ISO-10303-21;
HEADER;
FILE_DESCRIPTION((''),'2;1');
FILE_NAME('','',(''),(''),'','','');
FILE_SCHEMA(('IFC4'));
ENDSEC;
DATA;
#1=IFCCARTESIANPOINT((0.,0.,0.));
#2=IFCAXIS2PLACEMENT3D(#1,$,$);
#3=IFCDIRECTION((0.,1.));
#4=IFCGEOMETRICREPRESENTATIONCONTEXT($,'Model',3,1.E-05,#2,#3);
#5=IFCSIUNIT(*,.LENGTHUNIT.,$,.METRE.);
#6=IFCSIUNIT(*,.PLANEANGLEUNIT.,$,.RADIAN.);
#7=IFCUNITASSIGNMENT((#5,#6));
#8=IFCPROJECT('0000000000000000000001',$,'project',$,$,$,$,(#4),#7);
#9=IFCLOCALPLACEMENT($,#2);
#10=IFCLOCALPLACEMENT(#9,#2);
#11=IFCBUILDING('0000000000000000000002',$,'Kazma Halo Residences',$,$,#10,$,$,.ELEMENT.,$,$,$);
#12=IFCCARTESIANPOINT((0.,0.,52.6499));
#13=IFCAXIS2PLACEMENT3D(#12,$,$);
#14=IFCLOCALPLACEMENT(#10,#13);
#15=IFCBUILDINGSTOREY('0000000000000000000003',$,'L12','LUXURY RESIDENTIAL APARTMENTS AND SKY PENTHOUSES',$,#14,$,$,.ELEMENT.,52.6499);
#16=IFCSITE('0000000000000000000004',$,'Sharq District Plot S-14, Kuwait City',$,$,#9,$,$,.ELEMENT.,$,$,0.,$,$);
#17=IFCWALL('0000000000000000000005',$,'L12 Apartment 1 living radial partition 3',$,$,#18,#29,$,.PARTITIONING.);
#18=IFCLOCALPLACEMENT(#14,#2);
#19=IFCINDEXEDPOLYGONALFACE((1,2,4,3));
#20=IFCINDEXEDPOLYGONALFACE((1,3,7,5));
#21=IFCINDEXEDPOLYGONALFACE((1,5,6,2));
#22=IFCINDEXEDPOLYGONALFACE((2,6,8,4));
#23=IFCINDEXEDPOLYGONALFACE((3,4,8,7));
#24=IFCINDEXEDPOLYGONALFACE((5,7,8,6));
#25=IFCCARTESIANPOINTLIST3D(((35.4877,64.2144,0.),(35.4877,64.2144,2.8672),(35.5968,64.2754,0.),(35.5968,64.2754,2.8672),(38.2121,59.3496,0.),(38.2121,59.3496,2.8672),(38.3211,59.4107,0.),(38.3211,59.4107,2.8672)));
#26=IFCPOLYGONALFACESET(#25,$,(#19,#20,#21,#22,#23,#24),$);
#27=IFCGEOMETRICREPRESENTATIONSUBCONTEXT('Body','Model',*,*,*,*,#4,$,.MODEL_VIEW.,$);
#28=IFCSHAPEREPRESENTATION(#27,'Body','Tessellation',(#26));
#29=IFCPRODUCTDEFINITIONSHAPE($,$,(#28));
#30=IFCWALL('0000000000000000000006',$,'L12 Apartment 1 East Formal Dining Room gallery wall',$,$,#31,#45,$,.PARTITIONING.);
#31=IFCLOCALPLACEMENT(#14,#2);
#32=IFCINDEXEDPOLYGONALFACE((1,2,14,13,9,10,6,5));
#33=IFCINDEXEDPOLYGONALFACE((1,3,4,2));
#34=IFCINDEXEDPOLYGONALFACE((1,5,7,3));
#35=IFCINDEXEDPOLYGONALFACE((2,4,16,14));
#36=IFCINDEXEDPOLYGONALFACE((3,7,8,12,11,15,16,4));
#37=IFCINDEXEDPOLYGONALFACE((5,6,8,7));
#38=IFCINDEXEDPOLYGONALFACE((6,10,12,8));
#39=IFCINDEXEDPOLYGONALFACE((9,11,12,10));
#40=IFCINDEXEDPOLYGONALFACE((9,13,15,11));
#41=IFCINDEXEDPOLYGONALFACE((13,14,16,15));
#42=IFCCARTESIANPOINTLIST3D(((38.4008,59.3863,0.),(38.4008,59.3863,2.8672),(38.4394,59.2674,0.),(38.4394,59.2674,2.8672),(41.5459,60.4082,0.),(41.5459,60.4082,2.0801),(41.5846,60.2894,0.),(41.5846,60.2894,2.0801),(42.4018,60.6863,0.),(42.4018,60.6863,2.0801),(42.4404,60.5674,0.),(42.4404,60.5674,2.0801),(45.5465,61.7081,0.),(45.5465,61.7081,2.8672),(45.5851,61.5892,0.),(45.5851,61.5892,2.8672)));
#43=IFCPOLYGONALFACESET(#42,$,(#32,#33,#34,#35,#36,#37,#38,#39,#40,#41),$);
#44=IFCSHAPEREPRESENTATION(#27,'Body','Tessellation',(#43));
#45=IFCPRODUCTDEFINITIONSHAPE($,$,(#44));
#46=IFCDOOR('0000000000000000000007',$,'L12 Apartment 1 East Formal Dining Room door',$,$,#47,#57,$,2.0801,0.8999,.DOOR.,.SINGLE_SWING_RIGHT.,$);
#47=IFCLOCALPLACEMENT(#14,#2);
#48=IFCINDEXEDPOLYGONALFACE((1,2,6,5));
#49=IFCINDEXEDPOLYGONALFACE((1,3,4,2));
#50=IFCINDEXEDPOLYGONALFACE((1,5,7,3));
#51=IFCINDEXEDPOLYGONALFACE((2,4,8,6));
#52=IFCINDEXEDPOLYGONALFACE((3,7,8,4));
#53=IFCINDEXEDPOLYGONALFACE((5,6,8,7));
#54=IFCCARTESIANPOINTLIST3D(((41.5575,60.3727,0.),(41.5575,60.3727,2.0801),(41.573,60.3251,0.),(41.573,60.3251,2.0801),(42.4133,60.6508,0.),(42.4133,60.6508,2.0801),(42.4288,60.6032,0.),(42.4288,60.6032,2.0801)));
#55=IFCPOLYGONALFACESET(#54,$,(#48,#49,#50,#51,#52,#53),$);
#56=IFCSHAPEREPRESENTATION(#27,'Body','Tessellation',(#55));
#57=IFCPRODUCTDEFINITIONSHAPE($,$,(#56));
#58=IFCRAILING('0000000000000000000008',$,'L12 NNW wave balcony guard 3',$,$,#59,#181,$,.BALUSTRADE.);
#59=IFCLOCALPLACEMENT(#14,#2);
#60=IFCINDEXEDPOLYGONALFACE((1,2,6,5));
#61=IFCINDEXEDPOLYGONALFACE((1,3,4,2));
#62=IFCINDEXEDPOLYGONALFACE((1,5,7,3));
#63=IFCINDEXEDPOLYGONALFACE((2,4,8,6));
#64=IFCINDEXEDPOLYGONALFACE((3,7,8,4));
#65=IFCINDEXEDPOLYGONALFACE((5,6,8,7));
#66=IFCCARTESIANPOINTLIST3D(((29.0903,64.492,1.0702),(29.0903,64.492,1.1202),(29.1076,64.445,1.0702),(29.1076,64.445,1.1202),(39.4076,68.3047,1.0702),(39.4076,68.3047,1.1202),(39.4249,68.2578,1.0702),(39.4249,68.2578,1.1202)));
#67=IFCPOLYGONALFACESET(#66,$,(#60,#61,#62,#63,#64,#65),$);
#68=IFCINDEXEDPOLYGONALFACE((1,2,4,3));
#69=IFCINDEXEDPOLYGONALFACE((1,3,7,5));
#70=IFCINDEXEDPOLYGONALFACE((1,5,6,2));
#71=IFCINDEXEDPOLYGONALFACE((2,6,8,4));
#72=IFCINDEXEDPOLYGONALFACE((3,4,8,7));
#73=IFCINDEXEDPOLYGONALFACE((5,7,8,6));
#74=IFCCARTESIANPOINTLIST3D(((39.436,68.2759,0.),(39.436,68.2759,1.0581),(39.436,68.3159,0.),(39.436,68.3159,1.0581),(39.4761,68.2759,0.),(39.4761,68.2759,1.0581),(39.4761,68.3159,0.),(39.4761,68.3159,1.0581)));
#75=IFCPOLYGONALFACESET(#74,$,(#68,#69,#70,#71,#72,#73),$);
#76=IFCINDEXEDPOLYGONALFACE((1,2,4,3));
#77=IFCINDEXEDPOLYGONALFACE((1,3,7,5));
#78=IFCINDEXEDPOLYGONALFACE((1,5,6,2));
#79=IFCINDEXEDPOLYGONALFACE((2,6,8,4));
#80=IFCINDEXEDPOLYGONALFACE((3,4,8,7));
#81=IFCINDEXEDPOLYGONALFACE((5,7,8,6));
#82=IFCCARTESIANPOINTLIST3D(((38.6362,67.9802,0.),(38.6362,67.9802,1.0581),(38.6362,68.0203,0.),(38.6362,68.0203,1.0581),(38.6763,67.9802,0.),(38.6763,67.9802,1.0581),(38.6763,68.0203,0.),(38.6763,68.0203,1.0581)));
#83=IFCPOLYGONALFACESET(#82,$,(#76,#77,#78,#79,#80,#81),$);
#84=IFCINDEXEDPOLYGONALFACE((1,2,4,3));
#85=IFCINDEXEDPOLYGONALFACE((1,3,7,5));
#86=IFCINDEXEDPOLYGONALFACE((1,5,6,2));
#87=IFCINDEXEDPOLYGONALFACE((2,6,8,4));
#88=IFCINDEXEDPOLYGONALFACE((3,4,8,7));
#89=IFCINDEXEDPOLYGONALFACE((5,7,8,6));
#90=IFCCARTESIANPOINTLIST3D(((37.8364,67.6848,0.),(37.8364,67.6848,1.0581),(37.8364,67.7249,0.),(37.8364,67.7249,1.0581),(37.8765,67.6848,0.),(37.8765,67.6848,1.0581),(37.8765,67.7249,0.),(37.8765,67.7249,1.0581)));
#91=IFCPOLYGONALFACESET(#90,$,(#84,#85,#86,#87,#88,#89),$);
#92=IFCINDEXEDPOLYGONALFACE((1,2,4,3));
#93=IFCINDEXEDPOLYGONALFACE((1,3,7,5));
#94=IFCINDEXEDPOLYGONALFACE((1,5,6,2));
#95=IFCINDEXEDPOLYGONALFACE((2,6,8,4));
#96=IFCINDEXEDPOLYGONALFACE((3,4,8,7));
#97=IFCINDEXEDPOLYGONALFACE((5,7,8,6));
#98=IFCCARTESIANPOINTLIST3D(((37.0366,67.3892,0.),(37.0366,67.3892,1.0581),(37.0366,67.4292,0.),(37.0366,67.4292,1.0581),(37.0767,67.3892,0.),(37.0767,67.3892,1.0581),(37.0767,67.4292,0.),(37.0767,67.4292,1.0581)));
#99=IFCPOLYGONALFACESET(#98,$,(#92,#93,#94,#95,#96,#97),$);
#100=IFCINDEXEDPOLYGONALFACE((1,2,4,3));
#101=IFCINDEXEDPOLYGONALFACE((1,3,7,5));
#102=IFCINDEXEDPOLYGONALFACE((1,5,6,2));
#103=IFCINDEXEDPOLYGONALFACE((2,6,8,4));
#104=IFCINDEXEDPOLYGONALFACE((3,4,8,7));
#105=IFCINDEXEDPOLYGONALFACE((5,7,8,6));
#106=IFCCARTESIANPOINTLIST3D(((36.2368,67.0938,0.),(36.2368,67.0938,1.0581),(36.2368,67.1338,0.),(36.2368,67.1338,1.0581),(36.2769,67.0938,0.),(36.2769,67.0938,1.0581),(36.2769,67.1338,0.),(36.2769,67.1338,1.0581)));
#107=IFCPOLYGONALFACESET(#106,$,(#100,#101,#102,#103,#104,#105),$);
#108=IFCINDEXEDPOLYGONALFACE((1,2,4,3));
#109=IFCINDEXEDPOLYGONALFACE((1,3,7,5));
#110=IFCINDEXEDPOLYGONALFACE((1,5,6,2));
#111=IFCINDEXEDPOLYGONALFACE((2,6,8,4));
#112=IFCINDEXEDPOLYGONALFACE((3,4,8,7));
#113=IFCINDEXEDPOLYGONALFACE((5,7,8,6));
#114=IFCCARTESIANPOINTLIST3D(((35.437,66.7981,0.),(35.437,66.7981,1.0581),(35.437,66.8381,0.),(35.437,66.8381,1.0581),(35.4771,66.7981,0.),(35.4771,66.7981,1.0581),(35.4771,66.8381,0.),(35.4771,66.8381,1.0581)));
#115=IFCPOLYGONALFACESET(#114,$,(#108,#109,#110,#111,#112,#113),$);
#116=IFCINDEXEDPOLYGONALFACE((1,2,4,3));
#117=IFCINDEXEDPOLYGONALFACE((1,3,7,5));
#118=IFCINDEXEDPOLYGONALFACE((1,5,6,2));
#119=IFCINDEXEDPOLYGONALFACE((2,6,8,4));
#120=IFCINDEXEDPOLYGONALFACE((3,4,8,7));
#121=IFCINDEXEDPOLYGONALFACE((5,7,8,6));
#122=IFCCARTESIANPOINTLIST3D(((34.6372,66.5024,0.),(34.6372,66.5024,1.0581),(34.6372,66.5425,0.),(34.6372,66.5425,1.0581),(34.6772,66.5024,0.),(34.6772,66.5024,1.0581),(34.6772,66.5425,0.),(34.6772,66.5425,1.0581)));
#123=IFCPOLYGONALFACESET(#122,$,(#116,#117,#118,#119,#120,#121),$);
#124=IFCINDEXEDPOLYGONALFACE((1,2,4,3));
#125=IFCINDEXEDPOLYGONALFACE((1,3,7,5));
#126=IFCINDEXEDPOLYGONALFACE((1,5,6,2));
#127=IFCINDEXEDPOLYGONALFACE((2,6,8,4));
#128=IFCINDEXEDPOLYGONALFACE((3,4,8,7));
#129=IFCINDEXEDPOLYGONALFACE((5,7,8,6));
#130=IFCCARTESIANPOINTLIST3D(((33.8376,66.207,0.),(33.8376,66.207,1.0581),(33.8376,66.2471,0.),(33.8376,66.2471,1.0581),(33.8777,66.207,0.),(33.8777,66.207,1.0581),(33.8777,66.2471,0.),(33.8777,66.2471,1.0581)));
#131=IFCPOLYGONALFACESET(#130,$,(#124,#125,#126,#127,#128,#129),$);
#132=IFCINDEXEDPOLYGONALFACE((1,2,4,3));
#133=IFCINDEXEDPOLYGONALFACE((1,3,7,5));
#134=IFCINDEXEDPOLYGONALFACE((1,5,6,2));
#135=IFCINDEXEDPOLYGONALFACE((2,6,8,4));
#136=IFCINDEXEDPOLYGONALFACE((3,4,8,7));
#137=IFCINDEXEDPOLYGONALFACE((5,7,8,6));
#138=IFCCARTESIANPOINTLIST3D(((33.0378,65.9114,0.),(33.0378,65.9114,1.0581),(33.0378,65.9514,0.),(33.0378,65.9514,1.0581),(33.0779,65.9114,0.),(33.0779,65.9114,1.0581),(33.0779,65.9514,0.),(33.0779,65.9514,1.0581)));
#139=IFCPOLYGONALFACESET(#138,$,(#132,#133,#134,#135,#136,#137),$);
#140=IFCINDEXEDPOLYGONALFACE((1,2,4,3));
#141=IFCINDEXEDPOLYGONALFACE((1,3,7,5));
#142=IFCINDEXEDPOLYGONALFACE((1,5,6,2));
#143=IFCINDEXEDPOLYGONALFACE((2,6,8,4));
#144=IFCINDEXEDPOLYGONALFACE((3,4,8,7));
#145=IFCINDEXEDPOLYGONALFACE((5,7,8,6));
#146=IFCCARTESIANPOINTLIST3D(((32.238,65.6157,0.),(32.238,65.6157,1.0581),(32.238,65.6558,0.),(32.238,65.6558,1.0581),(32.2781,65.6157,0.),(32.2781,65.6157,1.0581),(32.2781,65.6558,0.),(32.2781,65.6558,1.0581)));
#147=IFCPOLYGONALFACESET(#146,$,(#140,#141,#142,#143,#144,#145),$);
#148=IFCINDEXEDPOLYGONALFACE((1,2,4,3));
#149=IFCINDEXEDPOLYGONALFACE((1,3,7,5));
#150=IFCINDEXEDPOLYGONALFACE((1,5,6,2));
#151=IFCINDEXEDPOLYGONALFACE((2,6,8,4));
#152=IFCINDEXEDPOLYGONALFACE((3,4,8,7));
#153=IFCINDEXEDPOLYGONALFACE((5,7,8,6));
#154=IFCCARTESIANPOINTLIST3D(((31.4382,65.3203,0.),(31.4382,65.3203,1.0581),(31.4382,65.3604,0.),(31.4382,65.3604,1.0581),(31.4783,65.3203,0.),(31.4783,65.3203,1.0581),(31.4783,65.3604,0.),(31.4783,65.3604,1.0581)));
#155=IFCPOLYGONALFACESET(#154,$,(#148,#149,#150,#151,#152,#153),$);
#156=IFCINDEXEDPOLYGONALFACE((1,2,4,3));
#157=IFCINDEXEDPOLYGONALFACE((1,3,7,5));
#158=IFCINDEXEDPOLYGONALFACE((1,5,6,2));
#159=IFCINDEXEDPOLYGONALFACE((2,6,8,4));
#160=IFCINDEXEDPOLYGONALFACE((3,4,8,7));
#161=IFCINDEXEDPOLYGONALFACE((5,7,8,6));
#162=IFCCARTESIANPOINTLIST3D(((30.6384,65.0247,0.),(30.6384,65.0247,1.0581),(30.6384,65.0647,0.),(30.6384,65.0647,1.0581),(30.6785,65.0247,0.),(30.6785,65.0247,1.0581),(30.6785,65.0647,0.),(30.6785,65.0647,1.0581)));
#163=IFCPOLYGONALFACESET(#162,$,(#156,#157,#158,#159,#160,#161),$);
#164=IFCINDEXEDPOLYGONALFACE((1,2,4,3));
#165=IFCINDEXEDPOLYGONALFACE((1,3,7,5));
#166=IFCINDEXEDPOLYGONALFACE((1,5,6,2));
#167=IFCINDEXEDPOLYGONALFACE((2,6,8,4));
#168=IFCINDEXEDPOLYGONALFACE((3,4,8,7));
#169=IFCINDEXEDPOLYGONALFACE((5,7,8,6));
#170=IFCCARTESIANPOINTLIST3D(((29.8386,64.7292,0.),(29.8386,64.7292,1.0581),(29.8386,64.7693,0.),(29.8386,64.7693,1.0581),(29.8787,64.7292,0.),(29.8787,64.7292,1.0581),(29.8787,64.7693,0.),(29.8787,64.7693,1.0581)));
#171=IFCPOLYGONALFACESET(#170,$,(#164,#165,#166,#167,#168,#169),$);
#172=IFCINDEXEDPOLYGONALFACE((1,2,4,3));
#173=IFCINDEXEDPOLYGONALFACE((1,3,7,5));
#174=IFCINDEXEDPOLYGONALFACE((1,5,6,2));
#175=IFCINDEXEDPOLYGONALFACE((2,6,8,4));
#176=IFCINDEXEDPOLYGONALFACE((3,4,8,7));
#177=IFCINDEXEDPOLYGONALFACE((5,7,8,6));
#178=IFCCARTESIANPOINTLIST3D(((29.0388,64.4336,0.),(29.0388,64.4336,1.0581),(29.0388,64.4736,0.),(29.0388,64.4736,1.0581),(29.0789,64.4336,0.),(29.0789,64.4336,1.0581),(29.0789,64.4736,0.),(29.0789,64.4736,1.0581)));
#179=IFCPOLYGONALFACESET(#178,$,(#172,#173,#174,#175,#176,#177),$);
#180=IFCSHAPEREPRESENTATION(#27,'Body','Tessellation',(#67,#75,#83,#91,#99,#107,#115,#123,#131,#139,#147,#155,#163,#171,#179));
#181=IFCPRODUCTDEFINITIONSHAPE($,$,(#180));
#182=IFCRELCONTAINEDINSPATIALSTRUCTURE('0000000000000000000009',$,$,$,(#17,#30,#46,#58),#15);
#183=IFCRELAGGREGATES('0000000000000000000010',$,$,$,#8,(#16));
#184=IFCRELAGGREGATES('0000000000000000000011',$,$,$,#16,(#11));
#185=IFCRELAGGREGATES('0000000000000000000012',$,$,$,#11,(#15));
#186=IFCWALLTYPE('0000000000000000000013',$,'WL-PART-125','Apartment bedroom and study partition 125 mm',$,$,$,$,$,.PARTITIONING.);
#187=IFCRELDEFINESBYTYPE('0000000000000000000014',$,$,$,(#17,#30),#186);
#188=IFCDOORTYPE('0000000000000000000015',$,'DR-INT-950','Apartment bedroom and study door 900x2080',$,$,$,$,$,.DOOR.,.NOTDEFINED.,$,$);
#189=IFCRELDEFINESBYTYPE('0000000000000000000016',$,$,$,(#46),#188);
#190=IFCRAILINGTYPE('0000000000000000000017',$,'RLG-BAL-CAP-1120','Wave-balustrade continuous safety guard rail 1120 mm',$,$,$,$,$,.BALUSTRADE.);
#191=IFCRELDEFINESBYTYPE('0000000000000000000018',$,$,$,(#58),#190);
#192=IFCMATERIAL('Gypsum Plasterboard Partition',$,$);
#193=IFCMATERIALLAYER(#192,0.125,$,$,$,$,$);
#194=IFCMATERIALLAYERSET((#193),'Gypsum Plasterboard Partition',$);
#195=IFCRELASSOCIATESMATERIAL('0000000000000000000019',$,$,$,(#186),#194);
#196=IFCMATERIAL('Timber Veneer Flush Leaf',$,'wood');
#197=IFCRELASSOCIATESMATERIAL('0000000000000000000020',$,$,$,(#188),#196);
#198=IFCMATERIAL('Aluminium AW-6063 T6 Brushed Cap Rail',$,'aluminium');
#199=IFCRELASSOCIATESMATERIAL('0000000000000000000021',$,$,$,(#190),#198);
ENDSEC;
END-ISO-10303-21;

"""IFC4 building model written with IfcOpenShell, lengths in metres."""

from ifc_helpers import new_model, si_unit, direction, frame, frame_2d, origin, origin_2d, place, context, subcontext, project, spatial, rectangle, extrude, material, layer, layer_set, type_object, element, fill, save


model = new_model("IFC4")

# Units and contexts
model_context = context("Model", 3, precision=1e-05, world=origin(), true_north=direction((0.0, 1.0)))
body_context = subcontext(model_context, "Body", "Model", "MODEL_VIEW")
ifc_project = project(units=[si_unit("LENGTHUNIT", "METRE"), si_unit("PLANEANGLEUNIT", "RADIAN")], contexts=[model_context])

# Site, building, storey
site_placement = place(None, origin())
site = spatial("IfcSite", under=ifc_project, at=site_placement, Name="Sharq District Plot S-14, Kuwait City", CompositionType="ELEMENT", RefElevation=0.0)
building_placement = place(site_placement, origin())
building = spatial("IfcBuilding", under=site, at=building_placement, Name="Kazma Halo Residences", CompositionType="ELEMENT")
storey_placement = place(building_placement, frame((0.0, 0.0, 52.6499)))
storey = spatial("IfcBuildingStorey", under=building, at=storey_placement, Name="L12", Description="LUXURY RESIDENTIAL APARTMENTS AND SKY PENTHOUSES", CompositionType="ELEMENT", Elevation=52.6499)

# Shared definitions
ifc_material_1 = material(Name="Gypsum Plasterboard Partition")
ifc_layer_1 = layer(ifc_material_1, 0.125)
ifc_layer_set_1 = layer_set([ifc_layer_1], Name="Gypsum Plasterboard Partition")
wall_type_1 = type_object("IfcWallType", Name="WL-PART-125", Description="Apartment bedroom and study partition 125 mm", PredefinedType="PARTITIONING", material=ifc_layer_set_1)

# Wall
wall_1_placement = place(storey_placement, frame((38.2666, 59.3801, 0.0), z_axis=(0.0, 0.0, 1.0), x_axis=(-0.488618, 0.872498, 0.0)))
element("IfcWall", 1, at=wall_1_placement, inside=storey, type_object=wall_type_1, Name="L12 Apartment 1 living radial partition 3", PredefinedType="PARTITIONING", context=body_context, shape_type="SweptSolid", body=[
    extrude(rectangle(XDim=5.5757, YDim=0.125, at=frame_2d((2.7878, 0.0))), origin(), (0.0, 0.0, 1.0), 2.8672),
])

# Wall, opening, door
wall_2_placement = place(storey_placement, frame((45.5659, 61.6487, 0.0), z_axis=(0.0, 0.0, 1.0), x_axis=(-0.951057, -0.309015, 0.0)))
wall_2 = element("IfcWall", 2, at=wall_2_placement, inside=storey, type_object=wall_type_1, Name="L12 Apartment 1 East Formal Dining Room gallery wall", PredefinedType="PARTITIONING", context=body_context, shape_type="SweptSolid", body=[
    extrude(rectangle(XDim=7.5134, YDim=0.125, at=frame_2d((3.7568, 0.0))), origin(), (0.0, 0.0, 1.0), 2.8672),
])
opening_1_placement = place(wall_2_placement, frame((3.3066, 0.0, 0.0)))
opening_1 = element("IfcOpeningElement", 3, at=opening_1_placement, cuts=wall_2, PredefinedType="OPENING", context=body_context, shape_type="SweptSolid", body=[
    extrude(rectangle(XDim=0.8999, YDim=2.0801, at=frame_2d((0.45, 1.04))), frame((0.0, 0.0725, 0.0), z_axis=(0.0, -1.0, 0.0), x_axis=(1.0, 0.0, 0.0)), (0.0, 0.0, 1.0), 0.145),
])
ifc_material_2 = material(Name="Timber Veneer Flush Leaf", Category="wood")
door_type_1 = type_object("IfcDoorType", Name="DR-INT-950", Description="Apartment bedroom and study door 900x2080", OperationType="NOTDEFINED", PredefinedType="DOOR", material=ifc_material_2)
door_1_placement = place(opening_1_placement, origin())
door_1 = element("IfcDoor", 4, at=door_1_placement, inside=storey, type_object=door_type_1, Name="L12 Apartment 1 East Formal Dining Room door", OperationType="SINGLE_SWING_RIGHT", OverallHeight=2.0801, OverallWidth=0.8999, PredefinedType="DOOR", context=body_context, shape_type="SweptSolid", body=[
    extrude(rectangle(XDim=0.8999, YDim=2.0801, at=frame_2d((0.45, 1.04))), frame((0.0, 0.0249, 0.0), z_axis=(0.0, -1.0, 0.0), x_axis=(1.0, 0.0, 0.0)), (0.0, 0.0, 1.0), 0.05),
])
fill(opening_1, door_1)

# Railing
ifc_material_3 = material(Name="Aluminium AW-6063 T6 Brushed Cap Rail", Category="aluminium")
railing_type = type_object("IfcRailingType", Name="RLG-BAL-CAP-1120", Description="Wave-balustrade continuous safety guard rail 1120 mm", PredefinedType="BALUSTRADE", material=ifc_material_3)
railing_placement = place(storey_placement, frame((39.4561, 68.2959, 0.0)))
element("IfcRailing", 5, at=railing_placement, inside=storey, type_object=railing_type, Name="L12 NNW wave balcony guard 3", PredefinedType="BALUSTRADE", context=body_context, shape_type="SweptSolid", body=[
    extrude(rectangle(XDim=0.05, YDim=0.05, at=origin_2d()), frame((-0.0398, -0.0146, 1.0952), z_axis=(-0.937999, -0.346637, 0.0), x_axis=(0.346637, -0.937999, 0.0)), (0.0, 0.0, 1.0), 10.9993),
    extrude(rectangle(XDim=0.04, YDim=0.04, at=origin_2d()), origin(), (0.0, 0.0, 1.0), 1.0581),
    extrude(rectangle(XDim=0.04, YDim=0.04, at=origin_2d()), frame((-0.7998, -0.2957, 0.0)), (0.0, 0.0, 1.0), 1.0581),
    extrude(rectangle(XDim=0.04, YDim=0.04, at=origin_2d()), frame((-1.5996, -0.5911, 0.0)), (0.0, 0.0, 1.0), 1.0581),
    extrude(rectangle(XDim=0.04, YDim=0.04, at=origin_2d()), frame((-2.3994, -0.8867, 0.0)), (0.0, 0.0, 1.0), 1.0581),
    extrude(rectangle(XDim=0.04, YDim=0.04, at=origin_2d()), frame((-3.1992, -1.1821, 0.0)), (0.0, 0.0, 1.0), 1.0581),
    extrude(rectangle(XDim=0.04, YDim=0.04, at=origin_2d()), frame((-3.999, -1.4778, 0.0)), (0.0, 0.0, 1.0), 1.0581),
    extrude(rectangle(XDim=0.04, YDim=0.04, at=origin_2d()), frame((-4.7988, -1.7734, 0.0)), (0.0, 0.0, 1.0), 1.0581),
    extrude(rectangle(XDim=0.04, YDim=0.04, at=origin_2d()), frame((-5.5984, -2.0688, 0.0)), (0.0, 0.0, 1.0), 1.0581),
    extrude(rectangle(XDim=0.04, YDim=0.04, at=origin_2d()), frame((-6.3982, -2.3645, 0.0)), (0.0, 0.0, 1.0), 1.0581),
    extrude(rectangle(XDim=0.04, YDim=0.04, at=origin_2d()), frame((-7.198, -2.6602, 0.0)), (0.0, 0.0, 1.0), 1.0581),
    extrude(rectangle(XDim=0.04, YDim=0.04, at=origin_2d()), frame((-7.9978, -2.9556, 0.0)), (0.0, 0.0, 1.0), 1.0581),
    extrude(rectangle(XDim=0.04, YDim=0.04, at=origin_2d()), frame((-8.7976, -3.2512, 0.0)), (0.0, 0.0, 1.0), 1.0581),
    extrude(rectangle(XDim=0.04, YDim=0.04, at=origin_2d()), frame((-9.5974, -3.5466, 0.0)), (0.0, 0.0, 1.0), 1.0581),
    extrude(rectangle(XDim=0.04, YDim=0.04, at=origin_2d()), frame((-10.3972, -3.8423, 0.0)), (0.0, 0.0, 1.0), 1.0581),
])

save(model, "model.ifc")
